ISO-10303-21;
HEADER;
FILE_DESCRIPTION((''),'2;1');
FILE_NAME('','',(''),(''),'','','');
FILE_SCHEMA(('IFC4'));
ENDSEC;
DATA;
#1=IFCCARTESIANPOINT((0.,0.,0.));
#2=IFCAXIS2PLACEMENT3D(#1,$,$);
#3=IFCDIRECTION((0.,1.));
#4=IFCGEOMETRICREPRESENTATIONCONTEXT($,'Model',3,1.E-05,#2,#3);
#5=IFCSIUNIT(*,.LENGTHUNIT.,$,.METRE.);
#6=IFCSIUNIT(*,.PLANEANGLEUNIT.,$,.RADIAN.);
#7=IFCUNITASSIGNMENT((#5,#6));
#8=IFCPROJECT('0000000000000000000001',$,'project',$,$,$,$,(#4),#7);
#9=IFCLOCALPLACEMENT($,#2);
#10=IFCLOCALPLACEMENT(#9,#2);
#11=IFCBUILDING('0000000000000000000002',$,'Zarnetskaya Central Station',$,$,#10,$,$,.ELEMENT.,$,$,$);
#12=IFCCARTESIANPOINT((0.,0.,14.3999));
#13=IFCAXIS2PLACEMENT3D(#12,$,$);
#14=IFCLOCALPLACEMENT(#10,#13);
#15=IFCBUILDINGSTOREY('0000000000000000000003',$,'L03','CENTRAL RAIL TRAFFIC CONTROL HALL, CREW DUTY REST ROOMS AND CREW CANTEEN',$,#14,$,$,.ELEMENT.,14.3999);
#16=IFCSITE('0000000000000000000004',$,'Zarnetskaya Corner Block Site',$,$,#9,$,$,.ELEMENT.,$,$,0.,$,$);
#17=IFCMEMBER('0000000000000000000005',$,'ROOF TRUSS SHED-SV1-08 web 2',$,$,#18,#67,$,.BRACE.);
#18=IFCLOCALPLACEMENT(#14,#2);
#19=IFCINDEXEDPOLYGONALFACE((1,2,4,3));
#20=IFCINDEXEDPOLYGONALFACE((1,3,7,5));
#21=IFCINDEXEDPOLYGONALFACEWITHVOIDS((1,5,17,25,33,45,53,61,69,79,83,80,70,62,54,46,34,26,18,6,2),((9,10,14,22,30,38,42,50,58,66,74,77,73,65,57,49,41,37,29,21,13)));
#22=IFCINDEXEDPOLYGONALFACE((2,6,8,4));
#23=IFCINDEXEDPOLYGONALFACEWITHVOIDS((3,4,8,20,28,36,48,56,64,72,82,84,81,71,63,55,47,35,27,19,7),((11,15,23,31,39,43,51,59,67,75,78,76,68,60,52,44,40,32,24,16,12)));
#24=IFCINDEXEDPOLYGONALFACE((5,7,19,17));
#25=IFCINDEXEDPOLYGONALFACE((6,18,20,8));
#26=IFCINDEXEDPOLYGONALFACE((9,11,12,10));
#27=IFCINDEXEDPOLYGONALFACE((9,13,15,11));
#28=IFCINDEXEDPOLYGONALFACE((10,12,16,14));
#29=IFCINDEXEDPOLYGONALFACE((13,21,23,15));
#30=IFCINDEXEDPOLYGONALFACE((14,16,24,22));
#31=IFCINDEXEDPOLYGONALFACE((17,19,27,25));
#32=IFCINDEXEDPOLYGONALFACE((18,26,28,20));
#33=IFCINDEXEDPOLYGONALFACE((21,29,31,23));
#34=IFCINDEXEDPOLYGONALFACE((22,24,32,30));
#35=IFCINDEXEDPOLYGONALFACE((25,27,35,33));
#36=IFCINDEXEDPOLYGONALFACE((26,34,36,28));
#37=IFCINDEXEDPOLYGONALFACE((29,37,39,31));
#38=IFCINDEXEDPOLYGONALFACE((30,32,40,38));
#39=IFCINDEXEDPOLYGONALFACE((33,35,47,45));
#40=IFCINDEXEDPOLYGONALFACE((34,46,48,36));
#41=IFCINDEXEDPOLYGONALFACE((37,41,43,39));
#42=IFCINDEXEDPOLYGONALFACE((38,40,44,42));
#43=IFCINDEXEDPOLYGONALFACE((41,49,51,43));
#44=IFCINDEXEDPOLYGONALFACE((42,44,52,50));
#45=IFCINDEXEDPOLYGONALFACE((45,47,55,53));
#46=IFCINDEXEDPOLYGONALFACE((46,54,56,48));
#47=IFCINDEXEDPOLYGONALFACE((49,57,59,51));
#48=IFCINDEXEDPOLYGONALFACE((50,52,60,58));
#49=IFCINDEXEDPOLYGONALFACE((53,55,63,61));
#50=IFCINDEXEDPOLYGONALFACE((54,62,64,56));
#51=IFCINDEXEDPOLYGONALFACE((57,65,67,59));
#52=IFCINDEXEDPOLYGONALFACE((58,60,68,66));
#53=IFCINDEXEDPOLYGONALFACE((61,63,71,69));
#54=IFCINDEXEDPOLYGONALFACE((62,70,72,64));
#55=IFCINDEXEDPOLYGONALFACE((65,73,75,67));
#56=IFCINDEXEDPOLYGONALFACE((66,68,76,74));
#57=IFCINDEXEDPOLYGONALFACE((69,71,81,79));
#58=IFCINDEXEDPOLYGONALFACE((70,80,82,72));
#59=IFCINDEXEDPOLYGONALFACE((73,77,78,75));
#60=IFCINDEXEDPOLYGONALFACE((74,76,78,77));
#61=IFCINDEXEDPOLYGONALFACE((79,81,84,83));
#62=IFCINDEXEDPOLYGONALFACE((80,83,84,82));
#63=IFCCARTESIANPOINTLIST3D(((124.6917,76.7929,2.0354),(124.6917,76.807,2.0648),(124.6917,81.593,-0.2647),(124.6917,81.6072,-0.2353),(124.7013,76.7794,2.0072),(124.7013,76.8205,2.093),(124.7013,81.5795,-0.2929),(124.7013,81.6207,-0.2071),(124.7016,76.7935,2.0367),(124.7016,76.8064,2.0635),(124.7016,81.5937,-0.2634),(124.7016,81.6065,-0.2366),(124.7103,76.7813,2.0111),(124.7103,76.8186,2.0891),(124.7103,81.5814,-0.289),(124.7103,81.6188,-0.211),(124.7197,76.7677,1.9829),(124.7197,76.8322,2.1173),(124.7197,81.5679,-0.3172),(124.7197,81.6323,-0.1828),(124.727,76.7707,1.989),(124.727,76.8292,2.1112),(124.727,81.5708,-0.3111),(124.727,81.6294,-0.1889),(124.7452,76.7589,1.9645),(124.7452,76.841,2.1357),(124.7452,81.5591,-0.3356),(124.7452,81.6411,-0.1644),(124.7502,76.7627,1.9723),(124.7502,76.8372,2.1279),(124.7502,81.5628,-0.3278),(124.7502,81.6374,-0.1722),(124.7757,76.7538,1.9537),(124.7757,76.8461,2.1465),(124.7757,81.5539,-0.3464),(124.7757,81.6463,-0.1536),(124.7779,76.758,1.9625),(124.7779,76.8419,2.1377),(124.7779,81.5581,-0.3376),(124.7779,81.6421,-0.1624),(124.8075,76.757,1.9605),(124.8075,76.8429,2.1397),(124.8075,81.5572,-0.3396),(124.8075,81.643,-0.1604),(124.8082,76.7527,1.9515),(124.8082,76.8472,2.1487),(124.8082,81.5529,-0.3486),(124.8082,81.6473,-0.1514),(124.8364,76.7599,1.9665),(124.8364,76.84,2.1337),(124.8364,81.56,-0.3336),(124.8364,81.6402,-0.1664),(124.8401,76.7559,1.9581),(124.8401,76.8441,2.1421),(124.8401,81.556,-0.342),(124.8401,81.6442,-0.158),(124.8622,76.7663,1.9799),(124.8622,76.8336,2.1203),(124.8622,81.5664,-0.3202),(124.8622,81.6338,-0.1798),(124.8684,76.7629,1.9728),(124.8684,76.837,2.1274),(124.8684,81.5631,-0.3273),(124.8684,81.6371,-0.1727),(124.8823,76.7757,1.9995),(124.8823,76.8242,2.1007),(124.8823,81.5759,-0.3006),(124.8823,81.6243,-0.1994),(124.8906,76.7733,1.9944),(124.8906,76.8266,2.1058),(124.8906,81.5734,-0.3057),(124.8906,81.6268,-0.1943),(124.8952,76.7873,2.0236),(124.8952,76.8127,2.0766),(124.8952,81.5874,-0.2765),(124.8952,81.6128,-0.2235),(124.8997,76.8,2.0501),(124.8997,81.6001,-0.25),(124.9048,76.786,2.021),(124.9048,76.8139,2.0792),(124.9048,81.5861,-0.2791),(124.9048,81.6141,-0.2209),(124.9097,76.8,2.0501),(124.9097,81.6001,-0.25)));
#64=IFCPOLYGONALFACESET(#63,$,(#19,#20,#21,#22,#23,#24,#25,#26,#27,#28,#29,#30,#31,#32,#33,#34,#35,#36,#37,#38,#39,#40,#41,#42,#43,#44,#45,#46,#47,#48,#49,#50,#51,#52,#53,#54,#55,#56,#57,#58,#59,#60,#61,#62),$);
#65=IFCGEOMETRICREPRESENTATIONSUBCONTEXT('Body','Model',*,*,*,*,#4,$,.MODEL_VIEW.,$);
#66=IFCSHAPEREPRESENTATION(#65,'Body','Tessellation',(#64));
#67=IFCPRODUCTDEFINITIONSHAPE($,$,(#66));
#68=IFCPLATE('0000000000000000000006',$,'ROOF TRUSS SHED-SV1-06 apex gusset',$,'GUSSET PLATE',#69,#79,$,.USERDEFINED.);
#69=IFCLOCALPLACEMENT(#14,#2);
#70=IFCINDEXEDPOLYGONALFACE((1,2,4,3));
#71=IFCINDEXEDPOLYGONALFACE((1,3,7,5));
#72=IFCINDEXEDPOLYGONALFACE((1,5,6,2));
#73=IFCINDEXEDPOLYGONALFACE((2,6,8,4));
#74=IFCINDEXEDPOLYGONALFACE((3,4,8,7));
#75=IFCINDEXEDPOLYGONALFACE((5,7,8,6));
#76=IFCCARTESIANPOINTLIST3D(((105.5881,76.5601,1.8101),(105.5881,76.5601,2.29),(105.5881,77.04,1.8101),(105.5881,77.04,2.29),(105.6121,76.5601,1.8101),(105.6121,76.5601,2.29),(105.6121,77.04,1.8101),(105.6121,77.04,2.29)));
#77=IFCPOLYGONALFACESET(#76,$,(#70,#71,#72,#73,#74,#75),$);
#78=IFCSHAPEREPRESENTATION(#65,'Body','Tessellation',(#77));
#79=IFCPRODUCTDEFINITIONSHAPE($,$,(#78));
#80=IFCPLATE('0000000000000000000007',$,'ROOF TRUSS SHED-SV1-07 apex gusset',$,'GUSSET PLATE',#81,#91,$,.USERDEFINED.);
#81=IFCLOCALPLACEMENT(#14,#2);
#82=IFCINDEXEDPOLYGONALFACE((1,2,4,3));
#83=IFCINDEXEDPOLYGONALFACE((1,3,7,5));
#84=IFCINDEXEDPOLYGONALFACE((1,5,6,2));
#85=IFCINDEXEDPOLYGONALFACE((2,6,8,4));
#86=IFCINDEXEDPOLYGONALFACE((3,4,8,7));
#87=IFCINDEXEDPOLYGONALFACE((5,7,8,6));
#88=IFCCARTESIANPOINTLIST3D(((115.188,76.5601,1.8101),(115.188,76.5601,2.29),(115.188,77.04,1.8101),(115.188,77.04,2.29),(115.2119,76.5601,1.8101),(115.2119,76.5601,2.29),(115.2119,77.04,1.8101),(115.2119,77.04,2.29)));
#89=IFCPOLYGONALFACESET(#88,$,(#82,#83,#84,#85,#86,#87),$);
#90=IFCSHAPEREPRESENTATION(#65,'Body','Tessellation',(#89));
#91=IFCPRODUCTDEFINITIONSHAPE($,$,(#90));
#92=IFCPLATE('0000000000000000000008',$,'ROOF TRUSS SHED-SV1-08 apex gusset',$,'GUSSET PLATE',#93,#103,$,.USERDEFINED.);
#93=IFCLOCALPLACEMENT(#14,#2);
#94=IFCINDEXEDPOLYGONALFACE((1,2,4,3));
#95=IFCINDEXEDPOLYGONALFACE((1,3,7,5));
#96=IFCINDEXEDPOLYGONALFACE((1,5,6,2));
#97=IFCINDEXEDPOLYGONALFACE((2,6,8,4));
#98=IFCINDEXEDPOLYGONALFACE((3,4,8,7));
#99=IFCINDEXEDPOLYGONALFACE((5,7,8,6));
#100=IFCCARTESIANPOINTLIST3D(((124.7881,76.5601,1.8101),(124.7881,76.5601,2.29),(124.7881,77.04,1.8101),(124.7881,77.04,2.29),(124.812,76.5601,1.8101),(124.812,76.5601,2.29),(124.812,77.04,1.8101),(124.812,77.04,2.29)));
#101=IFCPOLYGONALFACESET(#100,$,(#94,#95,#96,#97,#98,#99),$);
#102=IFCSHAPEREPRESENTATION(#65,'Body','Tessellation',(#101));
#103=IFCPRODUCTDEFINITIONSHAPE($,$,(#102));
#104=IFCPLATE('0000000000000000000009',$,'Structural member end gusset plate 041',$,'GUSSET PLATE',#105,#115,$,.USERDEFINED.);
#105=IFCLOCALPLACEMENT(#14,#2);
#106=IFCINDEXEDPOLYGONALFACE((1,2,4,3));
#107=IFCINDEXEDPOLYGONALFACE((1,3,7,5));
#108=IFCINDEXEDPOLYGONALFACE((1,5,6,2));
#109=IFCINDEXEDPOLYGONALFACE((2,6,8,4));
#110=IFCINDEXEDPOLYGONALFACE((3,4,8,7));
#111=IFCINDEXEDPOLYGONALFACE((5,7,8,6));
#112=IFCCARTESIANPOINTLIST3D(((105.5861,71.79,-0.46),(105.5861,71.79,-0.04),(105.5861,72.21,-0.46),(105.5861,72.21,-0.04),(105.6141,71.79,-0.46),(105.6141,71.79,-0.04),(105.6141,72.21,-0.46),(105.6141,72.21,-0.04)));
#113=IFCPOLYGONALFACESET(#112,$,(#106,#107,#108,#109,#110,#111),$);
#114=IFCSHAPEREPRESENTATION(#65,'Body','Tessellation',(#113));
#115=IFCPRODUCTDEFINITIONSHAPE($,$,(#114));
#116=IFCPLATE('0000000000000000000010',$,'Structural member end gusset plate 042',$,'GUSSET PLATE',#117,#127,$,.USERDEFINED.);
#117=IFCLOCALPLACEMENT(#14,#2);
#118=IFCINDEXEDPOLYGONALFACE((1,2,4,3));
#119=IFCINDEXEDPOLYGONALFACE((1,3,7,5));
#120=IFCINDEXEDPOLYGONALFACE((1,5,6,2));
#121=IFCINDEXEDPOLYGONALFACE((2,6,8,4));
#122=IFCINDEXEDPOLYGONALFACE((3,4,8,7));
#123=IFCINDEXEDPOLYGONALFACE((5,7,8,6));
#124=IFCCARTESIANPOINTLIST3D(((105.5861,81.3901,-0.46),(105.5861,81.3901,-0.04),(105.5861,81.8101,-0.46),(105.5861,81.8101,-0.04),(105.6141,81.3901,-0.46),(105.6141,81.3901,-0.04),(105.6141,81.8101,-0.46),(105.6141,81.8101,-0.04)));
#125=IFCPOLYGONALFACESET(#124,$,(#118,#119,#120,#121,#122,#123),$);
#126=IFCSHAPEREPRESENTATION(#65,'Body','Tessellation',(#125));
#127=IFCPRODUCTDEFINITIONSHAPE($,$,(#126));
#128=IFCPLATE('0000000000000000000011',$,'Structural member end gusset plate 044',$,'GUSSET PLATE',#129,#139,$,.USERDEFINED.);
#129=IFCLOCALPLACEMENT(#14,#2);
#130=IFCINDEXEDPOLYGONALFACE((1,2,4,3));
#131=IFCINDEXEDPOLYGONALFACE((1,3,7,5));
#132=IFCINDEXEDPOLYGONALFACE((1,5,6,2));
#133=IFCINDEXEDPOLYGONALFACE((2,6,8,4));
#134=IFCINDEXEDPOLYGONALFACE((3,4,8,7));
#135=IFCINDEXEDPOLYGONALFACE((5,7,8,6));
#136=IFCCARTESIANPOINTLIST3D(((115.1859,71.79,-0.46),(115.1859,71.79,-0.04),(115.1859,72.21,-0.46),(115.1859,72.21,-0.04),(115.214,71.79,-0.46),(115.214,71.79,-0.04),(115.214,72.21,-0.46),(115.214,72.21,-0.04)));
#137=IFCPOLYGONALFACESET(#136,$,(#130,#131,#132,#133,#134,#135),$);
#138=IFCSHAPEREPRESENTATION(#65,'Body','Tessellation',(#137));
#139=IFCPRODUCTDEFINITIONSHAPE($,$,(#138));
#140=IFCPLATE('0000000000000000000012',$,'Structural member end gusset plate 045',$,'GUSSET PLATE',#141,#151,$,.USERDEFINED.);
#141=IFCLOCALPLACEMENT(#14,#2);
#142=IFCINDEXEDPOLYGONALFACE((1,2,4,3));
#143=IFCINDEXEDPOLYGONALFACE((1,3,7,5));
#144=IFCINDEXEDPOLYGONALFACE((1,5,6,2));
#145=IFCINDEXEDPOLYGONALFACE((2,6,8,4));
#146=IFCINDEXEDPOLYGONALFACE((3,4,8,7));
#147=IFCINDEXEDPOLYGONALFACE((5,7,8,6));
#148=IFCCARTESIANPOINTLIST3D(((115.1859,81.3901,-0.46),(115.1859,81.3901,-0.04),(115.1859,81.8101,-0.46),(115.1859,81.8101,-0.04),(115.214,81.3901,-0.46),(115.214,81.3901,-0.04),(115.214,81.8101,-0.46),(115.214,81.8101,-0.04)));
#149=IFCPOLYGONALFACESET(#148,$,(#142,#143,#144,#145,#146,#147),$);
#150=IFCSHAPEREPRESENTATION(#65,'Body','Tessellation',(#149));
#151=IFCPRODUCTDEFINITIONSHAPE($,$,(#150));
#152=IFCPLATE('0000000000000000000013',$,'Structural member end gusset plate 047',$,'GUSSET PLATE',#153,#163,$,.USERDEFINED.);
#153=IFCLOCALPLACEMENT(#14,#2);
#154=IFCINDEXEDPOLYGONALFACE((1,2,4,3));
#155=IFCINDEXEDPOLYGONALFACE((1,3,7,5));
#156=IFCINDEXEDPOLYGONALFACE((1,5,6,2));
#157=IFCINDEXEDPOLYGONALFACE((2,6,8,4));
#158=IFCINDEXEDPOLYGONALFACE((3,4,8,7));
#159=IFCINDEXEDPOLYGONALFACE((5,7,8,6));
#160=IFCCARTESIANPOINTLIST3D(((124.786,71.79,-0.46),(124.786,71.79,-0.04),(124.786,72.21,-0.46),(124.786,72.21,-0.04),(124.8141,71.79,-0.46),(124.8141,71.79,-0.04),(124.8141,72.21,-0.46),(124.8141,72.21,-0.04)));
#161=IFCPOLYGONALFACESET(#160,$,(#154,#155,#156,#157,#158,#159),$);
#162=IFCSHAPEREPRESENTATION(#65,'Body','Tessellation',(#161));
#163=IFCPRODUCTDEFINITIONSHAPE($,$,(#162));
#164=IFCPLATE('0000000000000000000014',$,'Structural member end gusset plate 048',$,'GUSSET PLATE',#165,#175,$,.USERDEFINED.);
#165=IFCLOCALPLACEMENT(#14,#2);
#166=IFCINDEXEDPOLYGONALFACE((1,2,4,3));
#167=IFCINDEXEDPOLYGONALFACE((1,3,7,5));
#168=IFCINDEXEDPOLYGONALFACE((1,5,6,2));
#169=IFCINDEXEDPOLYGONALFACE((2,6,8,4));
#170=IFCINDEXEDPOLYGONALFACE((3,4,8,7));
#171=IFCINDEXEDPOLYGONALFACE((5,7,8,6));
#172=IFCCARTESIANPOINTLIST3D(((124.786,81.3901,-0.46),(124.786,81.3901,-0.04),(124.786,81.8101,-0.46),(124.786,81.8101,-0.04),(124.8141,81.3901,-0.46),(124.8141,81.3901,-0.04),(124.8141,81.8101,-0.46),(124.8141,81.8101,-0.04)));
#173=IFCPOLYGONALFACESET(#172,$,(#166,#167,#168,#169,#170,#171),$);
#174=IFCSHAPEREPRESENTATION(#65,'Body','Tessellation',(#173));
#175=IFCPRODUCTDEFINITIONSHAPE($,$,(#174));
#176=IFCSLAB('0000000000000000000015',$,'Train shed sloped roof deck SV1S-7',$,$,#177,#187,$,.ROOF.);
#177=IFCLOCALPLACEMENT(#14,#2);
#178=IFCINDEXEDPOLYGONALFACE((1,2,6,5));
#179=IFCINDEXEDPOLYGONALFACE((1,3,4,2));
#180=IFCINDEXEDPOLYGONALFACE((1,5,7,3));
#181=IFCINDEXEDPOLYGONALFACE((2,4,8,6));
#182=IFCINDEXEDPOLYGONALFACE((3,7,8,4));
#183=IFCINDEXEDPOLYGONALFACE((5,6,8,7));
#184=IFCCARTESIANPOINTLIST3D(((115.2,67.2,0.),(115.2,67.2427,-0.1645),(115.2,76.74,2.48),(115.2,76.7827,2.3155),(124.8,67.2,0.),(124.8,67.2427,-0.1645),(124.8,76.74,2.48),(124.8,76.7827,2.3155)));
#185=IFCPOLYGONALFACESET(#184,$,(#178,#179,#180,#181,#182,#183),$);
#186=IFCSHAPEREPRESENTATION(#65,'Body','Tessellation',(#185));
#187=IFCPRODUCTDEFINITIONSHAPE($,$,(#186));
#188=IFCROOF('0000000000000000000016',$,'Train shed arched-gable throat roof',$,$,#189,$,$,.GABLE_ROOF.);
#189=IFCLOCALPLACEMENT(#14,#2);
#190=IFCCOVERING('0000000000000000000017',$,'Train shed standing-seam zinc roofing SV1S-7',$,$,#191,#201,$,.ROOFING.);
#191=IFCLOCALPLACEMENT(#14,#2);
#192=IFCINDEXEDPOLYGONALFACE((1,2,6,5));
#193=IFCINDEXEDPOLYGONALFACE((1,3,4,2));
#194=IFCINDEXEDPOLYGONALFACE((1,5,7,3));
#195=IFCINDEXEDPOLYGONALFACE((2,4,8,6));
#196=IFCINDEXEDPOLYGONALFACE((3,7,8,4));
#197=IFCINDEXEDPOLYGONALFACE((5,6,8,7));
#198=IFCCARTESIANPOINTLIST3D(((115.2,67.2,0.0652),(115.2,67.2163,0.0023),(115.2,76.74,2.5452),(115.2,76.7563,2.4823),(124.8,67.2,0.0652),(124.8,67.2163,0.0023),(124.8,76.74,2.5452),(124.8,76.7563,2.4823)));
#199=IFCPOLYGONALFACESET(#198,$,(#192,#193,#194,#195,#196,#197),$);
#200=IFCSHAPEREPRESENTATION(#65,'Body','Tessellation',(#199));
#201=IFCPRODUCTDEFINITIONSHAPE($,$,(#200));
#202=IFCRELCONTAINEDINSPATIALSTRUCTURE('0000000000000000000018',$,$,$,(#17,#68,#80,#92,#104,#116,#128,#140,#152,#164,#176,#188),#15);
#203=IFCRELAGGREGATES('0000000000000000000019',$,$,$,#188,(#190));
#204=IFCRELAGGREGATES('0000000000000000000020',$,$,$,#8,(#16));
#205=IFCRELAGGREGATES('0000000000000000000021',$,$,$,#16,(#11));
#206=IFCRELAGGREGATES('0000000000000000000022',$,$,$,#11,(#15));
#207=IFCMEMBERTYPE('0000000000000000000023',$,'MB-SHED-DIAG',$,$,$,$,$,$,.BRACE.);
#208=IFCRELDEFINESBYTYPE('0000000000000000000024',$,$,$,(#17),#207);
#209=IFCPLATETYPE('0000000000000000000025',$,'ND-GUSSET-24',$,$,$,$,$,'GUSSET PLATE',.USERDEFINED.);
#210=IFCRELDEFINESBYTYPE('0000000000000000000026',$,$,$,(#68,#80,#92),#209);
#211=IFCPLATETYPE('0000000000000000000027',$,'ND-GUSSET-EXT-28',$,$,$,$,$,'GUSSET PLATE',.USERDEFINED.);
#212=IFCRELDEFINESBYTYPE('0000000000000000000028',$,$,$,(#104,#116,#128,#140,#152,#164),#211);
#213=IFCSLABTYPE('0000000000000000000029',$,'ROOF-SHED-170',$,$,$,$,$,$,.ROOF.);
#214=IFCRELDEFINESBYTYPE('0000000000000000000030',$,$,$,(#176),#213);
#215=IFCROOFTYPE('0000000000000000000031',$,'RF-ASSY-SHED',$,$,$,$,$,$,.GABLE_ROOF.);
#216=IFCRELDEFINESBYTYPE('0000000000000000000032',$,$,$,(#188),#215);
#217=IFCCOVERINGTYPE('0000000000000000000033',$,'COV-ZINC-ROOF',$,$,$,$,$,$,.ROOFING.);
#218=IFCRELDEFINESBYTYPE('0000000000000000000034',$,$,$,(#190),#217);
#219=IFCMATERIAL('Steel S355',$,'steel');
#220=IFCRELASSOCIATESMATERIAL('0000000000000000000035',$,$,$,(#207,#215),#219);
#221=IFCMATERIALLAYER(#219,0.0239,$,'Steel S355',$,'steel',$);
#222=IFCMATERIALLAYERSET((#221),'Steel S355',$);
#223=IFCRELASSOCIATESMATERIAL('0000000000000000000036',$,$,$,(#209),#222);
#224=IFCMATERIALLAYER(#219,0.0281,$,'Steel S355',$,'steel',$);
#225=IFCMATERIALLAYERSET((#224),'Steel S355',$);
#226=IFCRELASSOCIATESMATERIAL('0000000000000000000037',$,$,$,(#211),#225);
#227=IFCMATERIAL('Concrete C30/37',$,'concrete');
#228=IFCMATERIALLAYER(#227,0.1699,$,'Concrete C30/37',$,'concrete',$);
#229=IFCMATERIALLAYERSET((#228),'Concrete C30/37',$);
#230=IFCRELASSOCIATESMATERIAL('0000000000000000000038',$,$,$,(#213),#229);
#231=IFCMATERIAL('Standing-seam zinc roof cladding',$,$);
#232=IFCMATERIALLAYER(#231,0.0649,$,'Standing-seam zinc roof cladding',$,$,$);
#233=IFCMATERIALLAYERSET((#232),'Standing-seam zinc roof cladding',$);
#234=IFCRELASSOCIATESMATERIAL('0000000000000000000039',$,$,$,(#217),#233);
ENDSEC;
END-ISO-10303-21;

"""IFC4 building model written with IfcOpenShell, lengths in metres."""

from ifc_helpers import new_model, si_unit, direction, frame, origin, origin_2d, place, context, subcontext, project, spatial, polyline, rectangle, hollow_circle, outline, extrude, material, layer, layer_set, material_profile, profile_set, type_object, element, aggregate, save


model = new_model("IFC4")

# Units and contexts
model_context = context("Model", 3, precision=1e-05, world=origin(), true_north=direction((0.0, 1.0)))
body_context = subcontext(model_context, "Body", "Model", "MODEL_VIEW")
ifc_project = project(units=[si_unit("LENGTHUNIT", "METRE"), si_unit("PLANEANGLEUNIT", "RADIAN")], contexts=[model_context])

# Site, building, storey
site_placement = place(None, origin())
site = spatial("IfcSite", under=ifc_project, at=site_placement, Name="Zarnetskaya Corner Block Site", CompositionType="ELEMENT", RefElevation=0.0)
building_placement = place(site_placement, origin())
building = spatial("IfcBuilding", under=site, at=building_placement, Name="Zarnetskaya Central Station", CompositionType="ELEMENT")
storey_placement = place(building_placement, frame((0.0, 0.0, 14.3999)))
storey = spatial("IfcBuildingStorey", under=building, at=storey_placement, Name="L03", Description="CENTRAL RAIL TRAFFIC CONTROL HALL, CREW DUTY REST ROOMS AND CREW CANTEEN", CompositionType="ELEMENT", Elevation=14.3999)

# Shared definitions
ifc_material_1 = material(Name="Steel S355", Category="steel")

# Member
ifc_material_profile_1 = material_profile(ifc_material_1, hollow_circle(Radius=0.1096, WallThickness=0.01, at=origin_2d()), Name="CHS 219.1x10")
ifc_profile_set_1 = profile_set([ifc_material_profile_1], Name="Steel S355")
member_type_1 = type_object("IfcMemberType", Name="MB-SHED-DIAG", PredefinedType="BRACE", material=ifc_profile_set_1)
for number, where, z_axis, x_axis, name in (
    (1, (124.8, 81.6001, -0.25), (0.0, -0.901814, 0.432124), (1.0, 0.0, 0.0), "ROOF TRUSS SHED-SV1-08 web 2"),
):
    element("IfcMember", number, at=place(storey_placement, frame(where, z_axis=z_axis, x_axis=x_axis)), inside=storey, type_object=member_type_1, Name=name, PredefinedType="BRACE", context=body_context, shape_type="SweptSolid", body=[
        extrude(hollow_circle(Radius=0.1096, WallThickness=0.01, at=origin_2d()), origin(), (0.0, 0.0, 1.0), 5.3228),
    ])

# Plates
ifc_layer_1 = layer(ifc_material_1, 0.0239, Name="Steel S355", Category="steel")
ifc_layer_set_1 = layer_set([ifc_layer_1], Name="Steel S355")
plate_type_1 = type_object("IfcPlateType", Name="ND-GUSSET-24", ElementType="GUSSET PLATE", PredefinedType="USERDEFINED", material=ifc_layer_set_1)
for number, where, z_axis, x_axis, name in (
    (2, (105.6001, 76.8, 1.8101), (0.0, 0.0, 1.0), (1.0, 0.0, 0.0), "ROOF TRUSS SHED-SV1-06 apex gusset"),
    (3, (115.2, 76.8, 1.8101), (0.0, 0.0, 1.0), (1.0, 0.0, 0.0), "ROOF TRUSS SHED-SV1-07 apex gusset"),
    (4, (124.8, 76.8, 1.8101), (0.0, 0.0, 1.0), (1.0, 0.0, 0.0), "ROOF TRUSS SHED-SV1-08 apex gusset"),
):
    element("IfcPlate", number, at=place(storey_placement, frame(where, z_axis=z_axis, x_axis=x_axis)), inside=storey, type_object=plate_type_1, Name=name, ObjectType="GUSSET PLATE", PredefinedType="USERDEFINED", context=body_context, shape_type="SweptSolid", body=[
        extrude(rectangle(XDim=0.0239, YDim=0.48, at=origin_2d()), origin(), (0.0, 0.0, 1.0), 0.48),
    ])
ifc_layer_2 = layer(ifc_material_1, 0.0281, Name="Steel S355", Category="steel")
ifc_layer_set_2 = layer_set([ifc_layer_2], Name="Steel S355")
plate_type_2 = type_object("IfcPlateType", Name="ND-GUSSET-EXT-28", ElementType="GUSSET PLATE", PredefinedType="USERDEFINED", material=ifc_layer_set_2)
for number, where, z_axis, x_axis, name in (
    (5, (105.6001, 72.0, -0.46), (0.0, 0.0, 1.0), (1.0, 0.0, 0.0), "Structural member end gusset plate 041"),
    (6, (105.6001, 81.6001, -0.46), (0.0, 0.0, 1.0), (1.0, 0.0, 0.0), "Structural member end gusset plate 042"),
    (7, (115.2, 72.0, -0.46), (0.0, 0.0, 1.0), (1.0, 0.0, 0.0), "Structural member end gusset plate 044"),
    (8, (115.2, 81.6001, -0.46), (0.0, 0.0, 1.0), (1.0, 0.0, 0.0), "Structural member end gusset plate 045"),
    (9, (124.8, 72.0, -0.46), (0.0, 0.0, 1.0), (1.0, 0.0, 0.0), "Structural member end gusset plate 047"),
    (10, (124.8, 81.6001, -0.46), (0.0, 0.0, 1.0), (1.0, 0.0, 0.0), "Structural member end gusset plate 048"),
):
    element("IfcPlate", number, at=place(storey_placement, frame(where, z_axis=z_axis, x_axis=x_axis)), inside=storey, type_object=plate_type_2, Name=name, ObjectType="GUSSET PLATE", PredefinedType="USERDEFINED", context=body_context, shape_type="SweptSolid", body=[
        extrude(rectangle(XDim=0.0281, YDim=0.4199, at=origin_2d()), origin(), (0.0, 0.0, 1.0), 0.4199),
    ])

# Slab
ifc_material_2 = material(Name="Concrete C30/37", Category="concrete")
ifc_layer_3 = layer(ifc_material_2, 0.1699, Name="Concrete C30/37", Category="concrete")
ifc_layer_set_3 = layer_set([ifc_layer_3], Name="Concrete C30/37")
slab_type = type_object("IfcSlabType", Name="ROOF-SHED-170", PredefinedType="ROOF", material=ifc_layer_set_3)
slab_placement = place(storey_placement, frame((115.2, 67.2, 0.0), z_axis=(0.0, -0.251593, 0.967833), x_axis=(1.0, 0.0, 0.0)))
element("IfcSlab", 11, at=slab_placement, inside=storey, type_object=slab_type, Name="Train shed sloped roof deck SV1S-7", PredefinedType="ROOF", context=body_context, shape_type="SweptSolid", body=[
    extrude(outline(polyline([(0.0, 0.0), (9.6001, 0.0), (9.6001, 9.8571), (0.0, 9.8571), (0.0, 0.0)])), origin(), (0.0, 0.0, -1.0), 0.1699),
])

# Roof, covering
roof_type = type_object("IfcRoofType", Name="RF-ASSY-SHED", PredefinedType="GABLE_ROOF", material=ifc_material_1)
roof_placement = place(storey_placement, origin())
roof = element("IfcRoof", 12, at=roof_placement, inside=storey, type_object=roof_type, Name="Train shed arched-gable throat roof", PredefinedType="GABLE_ROOF")
ifc_material_3 = material(Name="Standing-seam zinc roof cladding")
ifc_layer_4 = layer(ifc_material_3, 0.0649, Name="Standing-seam zinc roof cladding")
ifc_layer_set_4 = layer_set([ifc_layer_4], Name="Standing-seam zinc roof cladding")
covering_type = type_object("IfcCoveringType", Name="COV-ZINC-ROOF", PredefinedType="ROOFING", material=ifc_layer_set_4)
covering_placement = place(storey_placement, frame((115.2, 67.2, 0.0652), z_axis=(0.0, -0.251593, 0.967833), x_axis=(1.0, 0.0, 0.0)))
covering = element("IfcCovering", 13, at=covering_placement, type_object=covering_type, Name="Train shed standing-seam zinc roofing SV1S-7", PredefinedType="ROOFING", context=body_context, shape_type="SweptSolid", body=[
    extrude(outline(polyline([(0.0, 0.0), (9.6001, 0.0), (9.6001, 9.8571), (0.0, 9.8571), (0.0, 0.0)])), origin(), (0.0, 0.0, -1.0), 0.0649),
])
aggregate(roof, [covering])

save(model, "model.ifc")
